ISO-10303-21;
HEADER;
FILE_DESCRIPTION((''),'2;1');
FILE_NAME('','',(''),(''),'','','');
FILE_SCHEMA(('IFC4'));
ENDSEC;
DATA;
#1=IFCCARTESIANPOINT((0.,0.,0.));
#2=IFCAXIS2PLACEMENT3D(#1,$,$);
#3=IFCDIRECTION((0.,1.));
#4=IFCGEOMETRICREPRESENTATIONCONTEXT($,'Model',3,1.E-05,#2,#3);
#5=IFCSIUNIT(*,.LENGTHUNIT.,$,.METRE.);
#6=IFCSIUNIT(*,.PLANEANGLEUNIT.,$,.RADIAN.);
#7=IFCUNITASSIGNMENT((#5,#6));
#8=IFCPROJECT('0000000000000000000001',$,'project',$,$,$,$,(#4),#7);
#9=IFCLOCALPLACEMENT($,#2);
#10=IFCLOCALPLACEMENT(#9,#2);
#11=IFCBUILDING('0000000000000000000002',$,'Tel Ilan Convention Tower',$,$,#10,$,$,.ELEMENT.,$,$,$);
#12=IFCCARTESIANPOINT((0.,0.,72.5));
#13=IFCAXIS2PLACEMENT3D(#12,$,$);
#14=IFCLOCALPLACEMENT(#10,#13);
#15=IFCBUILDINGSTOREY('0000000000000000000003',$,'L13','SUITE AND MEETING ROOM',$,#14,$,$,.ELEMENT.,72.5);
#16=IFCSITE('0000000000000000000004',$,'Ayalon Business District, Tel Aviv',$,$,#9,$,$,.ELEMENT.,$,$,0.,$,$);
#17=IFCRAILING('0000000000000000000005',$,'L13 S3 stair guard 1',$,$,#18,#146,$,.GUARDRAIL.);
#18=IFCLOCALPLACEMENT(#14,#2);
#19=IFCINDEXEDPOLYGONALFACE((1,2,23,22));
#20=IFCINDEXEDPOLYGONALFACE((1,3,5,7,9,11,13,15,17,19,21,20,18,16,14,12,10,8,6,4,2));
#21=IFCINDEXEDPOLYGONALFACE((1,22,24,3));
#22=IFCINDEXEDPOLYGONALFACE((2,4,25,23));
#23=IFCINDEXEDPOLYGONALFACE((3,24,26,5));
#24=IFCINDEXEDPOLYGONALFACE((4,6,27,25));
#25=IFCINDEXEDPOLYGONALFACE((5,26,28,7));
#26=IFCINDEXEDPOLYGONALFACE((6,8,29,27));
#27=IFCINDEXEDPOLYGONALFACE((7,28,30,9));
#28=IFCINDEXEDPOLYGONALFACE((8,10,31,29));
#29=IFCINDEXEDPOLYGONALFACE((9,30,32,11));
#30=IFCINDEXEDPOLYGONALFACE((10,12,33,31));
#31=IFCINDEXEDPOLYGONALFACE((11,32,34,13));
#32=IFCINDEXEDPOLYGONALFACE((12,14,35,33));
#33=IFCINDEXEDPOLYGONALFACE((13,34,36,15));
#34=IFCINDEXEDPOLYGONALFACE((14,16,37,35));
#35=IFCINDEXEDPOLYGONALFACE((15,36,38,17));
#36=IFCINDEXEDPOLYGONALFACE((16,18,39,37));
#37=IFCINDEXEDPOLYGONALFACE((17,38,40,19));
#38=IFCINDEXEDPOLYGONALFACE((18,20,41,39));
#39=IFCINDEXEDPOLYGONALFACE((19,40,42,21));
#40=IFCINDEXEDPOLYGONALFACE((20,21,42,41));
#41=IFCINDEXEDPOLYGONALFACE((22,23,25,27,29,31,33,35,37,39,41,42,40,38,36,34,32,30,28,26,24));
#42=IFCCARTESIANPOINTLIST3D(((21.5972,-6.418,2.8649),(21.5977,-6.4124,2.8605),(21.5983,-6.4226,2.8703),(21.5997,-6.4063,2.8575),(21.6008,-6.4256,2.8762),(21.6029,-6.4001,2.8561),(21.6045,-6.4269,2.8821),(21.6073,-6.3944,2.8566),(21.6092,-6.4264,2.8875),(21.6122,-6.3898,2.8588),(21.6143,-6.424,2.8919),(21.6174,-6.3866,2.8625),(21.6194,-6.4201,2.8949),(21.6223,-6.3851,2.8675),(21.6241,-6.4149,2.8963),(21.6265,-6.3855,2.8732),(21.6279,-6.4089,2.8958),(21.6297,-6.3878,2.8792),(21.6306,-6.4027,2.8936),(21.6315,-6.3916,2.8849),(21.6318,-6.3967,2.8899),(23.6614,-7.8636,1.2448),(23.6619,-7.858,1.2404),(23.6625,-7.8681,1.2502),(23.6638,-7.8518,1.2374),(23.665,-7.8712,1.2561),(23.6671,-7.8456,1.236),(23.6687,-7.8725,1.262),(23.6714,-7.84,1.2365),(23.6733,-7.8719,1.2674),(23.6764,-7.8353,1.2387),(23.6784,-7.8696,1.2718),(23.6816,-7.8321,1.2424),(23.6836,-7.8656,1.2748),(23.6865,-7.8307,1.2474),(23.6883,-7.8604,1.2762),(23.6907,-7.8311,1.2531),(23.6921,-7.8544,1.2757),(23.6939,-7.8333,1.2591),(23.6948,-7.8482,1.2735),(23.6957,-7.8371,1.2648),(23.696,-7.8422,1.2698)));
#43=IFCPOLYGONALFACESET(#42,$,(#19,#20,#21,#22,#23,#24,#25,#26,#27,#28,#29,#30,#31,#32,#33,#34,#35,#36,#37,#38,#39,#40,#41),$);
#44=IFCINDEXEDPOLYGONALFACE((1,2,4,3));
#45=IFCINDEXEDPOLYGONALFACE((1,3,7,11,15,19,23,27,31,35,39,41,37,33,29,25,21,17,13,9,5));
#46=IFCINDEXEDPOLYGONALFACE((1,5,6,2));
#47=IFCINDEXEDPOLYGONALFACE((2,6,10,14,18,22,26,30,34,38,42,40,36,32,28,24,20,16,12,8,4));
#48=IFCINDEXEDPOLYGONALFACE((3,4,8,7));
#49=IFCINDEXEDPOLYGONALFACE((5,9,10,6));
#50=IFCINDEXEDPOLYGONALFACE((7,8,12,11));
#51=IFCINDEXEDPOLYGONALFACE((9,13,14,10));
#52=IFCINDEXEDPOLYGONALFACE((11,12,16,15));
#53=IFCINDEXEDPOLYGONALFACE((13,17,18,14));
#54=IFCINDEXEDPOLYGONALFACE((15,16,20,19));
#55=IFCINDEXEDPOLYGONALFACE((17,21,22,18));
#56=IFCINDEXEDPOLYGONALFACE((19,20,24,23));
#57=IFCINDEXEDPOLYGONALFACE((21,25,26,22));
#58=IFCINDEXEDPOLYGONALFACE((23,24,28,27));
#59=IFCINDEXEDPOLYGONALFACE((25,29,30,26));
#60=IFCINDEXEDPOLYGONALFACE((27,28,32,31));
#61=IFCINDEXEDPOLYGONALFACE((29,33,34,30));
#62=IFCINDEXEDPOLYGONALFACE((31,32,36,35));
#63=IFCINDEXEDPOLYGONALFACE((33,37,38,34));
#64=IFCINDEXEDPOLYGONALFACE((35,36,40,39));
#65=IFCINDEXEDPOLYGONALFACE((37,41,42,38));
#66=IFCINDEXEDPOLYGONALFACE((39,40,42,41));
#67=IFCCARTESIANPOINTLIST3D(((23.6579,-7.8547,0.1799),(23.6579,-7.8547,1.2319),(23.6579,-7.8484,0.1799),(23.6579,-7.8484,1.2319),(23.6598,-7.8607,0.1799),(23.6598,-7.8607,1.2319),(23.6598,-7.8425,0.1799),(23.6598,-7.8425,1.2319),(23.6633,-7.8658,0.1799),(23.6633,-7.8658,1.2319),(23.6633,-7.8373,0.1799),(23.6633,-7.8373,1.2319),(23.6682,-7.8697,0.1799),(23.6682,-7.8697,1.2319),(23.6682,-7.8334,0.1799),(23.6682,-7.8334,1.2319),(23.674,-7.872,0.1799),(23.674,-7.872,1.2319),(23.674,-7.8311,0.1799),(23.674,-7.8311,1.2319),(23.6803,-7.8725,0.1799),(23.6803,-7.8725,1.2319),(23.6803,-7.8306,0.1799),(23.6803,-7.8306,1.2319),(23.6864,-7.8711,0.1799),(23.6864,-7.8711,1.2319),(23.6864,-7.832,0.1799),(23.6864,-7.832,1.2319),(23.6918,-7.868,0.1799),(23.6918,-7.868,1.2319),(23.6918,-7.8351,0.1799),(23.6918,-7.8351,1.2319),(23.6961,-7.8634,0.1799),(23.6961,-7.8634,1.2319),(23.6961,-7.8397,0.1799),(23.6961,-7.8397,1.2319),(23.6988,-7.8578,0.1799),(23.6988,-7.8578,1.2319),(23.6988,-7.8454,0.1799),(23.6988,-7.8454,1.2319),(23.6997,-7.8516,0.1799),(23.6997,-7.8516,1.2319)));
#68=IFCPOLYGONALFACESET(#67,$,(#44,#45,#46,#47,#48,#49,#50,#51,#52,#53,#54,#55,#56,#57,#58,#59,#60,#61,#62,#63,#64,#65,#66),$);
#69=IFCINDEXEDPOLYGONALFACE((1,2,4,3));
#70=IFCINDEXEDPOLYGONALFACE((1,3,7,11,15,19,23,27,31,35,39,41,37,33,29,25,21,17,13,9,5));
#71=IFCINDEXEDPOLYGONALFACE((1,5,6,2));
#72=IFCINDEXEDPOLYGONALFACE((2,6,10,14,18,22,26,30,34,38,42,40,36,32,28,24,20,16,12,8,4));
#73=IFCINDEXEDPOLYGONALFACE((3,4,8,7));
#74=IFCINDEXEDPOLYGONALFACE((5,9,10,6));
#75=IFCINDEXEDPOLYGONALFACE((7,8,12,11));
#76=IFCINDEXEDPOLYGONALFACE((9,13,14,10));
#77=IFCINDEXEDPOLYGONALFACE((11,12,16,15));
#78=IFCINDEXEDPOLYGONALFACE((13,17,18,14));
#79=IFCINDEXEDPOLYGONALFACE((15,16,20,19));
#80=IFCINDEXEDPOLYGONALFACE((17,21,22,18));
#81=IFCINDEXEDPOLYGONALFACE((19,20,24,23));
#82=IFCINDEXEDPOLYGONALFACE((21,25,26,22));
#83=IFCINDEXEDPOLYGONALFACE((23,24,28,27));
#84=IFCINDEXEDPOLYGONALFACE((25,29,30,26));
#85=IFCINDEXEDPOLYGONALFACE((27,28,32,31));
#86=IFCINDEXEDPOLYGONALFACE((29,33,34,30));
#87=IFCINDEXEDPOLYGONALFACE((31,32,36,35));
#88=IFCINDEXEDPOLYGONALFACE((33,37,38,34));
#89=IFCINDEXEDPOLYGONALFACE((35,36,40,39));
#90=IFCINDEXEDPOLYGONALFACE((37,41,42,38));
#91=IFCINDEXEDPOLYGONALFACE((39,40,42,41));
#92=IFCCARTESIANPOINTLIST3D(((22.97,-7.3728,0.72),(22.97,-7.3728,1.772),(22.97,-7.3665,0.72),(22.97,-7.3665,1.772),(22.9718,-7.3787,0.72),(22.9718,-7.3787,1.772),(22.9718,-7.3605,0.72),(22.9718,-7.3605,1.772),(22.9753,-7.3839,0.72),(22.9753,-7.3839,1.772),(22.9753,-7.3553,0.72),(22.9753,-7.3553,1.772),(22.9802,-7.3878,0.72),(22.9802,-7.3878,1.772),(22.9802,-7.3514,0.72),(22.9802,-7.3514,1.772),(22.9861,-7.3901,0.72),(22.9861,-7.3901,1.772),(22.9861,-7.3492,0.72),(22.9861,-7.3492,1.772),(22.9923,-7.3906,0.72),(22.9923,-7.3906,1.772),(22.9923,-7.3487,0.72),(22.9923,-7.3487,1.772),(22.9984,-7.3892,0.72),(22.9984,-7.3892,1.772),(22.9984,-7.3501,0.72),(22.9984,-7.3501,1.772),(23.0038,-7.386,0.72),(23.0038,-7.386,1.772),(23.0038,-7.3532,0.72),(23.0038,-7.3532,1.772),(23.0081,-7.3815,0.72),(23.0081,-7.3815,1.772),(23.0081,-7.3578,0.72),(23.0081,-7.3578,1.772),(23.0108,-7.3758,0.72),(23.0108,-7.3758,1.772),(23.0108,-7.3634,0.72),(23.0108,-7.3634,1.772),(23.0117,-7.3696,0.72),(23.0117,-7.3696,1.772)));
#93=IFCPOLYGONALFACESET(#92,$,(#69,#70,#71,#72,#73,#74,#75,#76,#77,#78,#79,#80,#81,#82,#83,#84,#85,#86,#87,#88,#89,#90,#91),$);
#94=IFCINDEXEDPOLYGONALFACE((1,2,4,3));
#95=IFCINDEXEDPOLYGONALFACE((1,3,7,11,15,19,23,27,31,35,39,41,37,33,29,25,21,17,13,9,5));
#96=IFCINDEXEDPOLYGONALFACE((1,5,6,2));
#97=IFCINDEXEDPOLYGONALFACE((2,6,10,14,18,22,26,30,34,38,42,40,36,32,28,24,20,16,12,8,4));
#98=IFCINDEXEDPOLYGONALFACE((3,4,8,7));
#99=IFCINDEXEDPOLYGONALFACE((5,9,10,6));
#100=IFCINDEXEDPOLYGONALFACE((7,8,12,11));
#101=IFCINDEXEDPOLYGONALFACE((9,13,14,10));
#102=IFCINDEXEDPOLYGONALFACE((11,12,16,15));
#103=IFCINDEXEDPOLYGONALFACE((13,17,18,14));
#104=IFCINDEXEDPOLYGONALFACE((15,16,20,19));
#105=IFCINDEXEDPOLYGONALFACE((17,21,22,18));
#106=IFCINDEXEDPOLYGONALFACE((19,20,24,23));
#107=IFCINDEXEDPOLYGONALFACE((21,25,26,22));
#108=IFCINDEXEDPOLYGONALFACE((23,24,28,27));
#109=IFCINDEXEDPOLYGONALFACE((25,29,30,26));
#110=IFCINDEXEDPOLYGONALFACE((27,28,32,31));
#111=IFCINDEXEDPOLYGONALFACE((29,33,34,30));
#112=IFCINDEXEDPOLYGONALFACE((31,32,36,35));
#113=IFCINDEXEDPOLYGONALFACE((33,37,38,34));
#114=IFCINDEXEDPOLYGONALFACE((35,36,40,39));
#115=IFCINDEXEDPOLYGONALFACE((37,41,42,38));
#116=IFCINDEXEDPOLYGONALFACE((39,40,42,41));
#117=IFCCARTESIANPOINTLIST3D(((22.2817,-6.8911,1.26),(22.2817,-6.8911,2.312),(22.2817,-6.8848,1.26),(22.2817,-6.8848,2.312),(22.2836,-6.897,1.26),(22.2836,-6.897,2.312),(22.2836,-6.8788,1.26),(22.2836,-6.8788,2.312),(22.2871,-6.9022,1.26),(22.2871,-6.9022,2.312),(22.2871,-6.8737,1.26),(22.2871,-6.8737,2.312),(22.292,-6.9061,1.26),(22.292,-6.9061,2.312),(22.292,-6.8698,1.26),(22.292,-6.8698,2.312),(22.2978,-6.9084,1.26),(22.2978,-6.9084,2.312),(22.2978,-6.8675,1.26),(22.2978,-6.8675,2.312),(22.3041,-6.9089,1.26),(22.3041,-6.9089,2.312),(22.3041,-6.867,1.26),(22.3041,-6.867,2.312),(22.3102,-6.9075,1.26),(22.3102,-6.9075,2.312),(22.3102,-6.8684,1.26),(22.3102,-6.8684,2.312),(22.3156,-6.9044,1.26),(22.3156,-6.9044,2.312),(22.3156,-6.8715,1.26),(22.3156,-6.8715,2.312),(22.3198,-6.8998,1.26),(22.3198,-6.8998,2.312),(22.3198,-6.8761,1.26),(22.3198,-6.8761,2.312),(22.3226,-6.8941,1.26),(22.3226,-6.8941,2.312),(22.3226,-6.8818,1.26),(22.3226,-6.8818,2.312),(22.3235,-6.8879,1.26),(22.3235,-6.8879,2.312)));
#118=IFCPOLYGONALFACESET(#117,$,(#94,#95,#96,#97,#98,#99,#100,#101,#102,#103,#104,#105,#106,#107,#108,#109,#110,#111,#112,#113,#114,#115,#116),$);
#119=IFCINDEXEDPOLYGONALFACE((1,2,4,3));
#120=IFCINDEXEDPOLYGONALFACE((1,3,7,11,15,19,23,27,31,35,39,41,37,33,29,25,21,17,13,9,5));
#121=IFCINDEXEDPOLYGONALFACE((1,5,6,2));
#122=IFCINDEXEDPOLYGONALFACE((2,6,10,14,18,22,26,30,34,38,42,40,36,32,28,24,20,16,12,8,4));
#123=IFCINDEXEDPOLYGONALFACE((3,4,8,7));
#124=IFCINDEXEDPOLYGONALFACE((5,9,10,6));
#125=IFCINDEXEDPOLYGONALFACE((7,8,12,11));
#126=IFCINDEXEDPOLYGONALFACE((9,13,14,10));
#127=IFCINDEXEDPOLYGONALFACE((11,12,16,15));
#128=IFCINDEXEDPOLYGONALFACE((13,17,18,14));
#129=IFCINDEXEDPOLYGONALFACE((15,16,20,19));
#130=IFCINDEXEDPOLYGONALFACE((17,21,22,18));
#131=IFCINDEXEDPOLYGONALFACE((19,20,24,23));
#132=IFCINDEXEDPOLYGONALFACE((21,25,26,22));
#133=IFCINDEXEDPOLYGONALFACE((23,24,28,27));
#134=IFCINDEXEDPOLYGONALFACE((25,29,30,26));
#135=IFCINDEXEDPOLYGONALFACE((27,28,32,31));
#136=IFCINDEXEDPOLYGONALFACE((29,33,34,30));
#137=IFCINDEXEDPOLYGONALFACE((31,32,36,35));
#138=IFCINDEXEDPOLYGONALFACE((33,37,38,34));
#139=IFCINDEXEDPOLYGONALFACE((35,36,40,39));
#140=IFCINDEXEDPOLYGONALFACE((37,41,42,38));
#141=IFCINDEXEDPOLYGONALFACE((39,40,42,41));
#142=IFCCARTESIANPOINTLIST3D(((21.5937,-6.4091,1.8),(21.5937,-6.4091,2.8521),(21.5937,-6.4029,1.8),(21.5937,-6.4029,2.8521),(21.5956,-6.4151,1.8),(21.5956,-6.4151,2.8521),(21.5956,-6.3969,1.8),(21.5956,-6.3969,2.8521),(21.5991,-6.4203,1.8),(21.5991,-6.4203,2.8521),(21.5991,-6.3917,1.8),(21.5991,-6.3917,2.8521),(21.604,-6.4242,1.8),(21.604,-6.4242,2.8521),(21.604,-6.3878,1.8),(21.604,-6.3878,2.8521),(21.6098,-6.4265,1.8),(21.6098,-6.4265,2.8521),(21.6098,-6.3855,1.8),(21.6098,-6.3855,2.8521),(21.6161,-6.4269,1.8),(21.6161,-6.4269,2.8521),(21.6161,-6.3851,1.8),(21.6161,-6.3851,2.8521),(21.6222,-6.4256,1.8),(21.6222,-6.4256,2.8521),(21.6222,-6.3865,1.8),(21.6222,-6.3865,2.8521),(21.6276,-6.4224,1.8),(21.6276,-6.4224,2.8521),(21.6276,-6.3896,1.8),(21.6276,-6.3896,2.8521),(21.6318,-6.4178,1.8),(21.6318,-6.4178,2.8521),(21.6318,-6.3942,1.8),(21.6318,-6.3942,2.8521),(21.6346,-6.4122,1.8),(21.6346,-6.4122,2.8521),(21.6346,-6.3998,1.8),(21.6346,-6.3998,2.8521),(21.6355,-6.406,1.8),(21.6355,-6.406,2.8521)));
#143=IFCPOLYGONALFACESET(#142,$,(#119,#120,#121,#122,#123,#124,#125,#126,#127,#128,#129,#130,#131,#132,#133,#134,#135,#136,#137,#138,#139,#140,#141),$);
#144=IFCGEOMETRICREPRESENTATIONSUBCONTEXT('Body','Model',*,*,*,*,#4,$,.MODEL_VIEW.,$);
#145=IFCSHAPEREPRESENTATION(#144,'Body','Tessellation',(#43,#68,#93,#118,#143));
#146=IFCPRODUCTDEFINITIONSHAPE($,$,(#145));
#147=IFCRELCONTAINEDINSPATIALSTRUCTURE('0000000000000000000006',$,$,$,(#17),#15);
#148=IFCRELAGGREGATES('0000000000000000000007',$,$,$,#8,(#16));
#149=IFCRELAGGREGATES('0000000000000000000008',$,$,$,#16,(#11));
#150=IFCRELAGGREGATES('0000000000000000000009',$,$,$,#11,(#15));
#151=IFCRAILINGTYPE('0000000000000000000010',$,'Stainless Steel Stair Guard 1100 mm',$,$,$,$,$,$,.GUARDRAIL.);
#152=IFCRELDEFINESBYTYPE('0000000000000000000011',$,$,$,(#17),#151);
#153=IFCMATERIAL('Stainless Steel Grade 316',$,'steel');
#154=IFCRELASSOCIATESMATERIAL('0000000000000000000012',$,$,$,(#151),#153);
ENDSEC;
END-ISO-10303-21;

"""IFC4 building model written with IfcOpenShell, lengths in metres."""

from ifc_helpers import new_model, si_unit, direction, frame, origin, origin_2d, place, context, subcontext, project, spatial, circle, extrude, material, type_object, element, save


model = new_model("IFC4")

# Units and contexts
model_context = context("Model", 3, precision=1e-05, world=origin(), true_north=direction((0.0, 1.0)))
body_context = subcontext(model_context, "Body", "Model", "MODEL_VIEW")
ifc_project = project(units=[si_unit("LENGTHUNIT", "METRE"), si_unit("PLANEANGLEUNIT", "RADIAN")], contexts=[model_context])

# Site, building, storey
site_placement = place(None, origin())
site = spatial("IfcSite", under=ifc_project, at=site_placement, Name="Ayalon Business District, Tel Aviv", CompositionType="ELEMENT", RefElevation=0.0)
building_placement = place(site_placement, origin())
building = spatial("IfcBuilding", under=site, at=building_placement, Name="Tel Ilan Convention Tower", CompositionType="ELEMENT")
storey_placement = place(building_placement, frame((0.0, 0.0, 72.5)))
storey = spatial("IfcBuildingStorey", under=building, at=storey_placement, Name="L13", Description="SUITE AND MEETING ROOM", CompositionType="ELEMENT", Elevation=72.5)

# Railing
ifc_material_1 = material(Name="Stainless Steel Grade 316", Category="steel")
railing_type_1 = type_object("IfcRailingType", Name="Stainless Steel Stair Guard 1100 mm", PredefinedType="GUARDRAIL", material=ifc_material_1)
railing_1_placement = place(storey_placement, frame((23.6787, -7.8516, 0.1799)))
element("IfcRailing", 1, at=railing_1_placement, inside=storey, type_object=railing_type_1, Name="L13 S3 stair guard 1", PredefinedType="GUARDRAIL", context=body_context, shape_type="SweptSolid", body=[
    extrude(circle(Radius=0.0239, at=origin_2d()), frame((0.0, 0.0, 1.0762), z_axis=(-0.689013, 0.482513, 0.540779), x_axis=(-0.573625, -0.819118, 0.0)), (0.0, 0.0, 1.0), 2.9958),
    extrude(circle(Radius=0.021, at=origin_2d()), origin(), (0.0, 0.0, 1.0), 1.052),
    extrude(circle(Radius=0.021, at=origin_2d()), frame((-0.688, 0.4819, 0.54)), (0.0, 0.0, 1.0), 1.052),
    extrude(circle(Radius=0.021, at=origin_2d()), frame((-1.3762, 0.9636, 1.0801)), (0.0, 0.0, 1.0), 1.052),
    extrude(circle(Radius=0.021, at=origin_2d()), frame((-2.0642, 1.4456, 1.6201)), (0.0, 0.0, 1.0), 1.052),
])

save(model, "model.ifc")
